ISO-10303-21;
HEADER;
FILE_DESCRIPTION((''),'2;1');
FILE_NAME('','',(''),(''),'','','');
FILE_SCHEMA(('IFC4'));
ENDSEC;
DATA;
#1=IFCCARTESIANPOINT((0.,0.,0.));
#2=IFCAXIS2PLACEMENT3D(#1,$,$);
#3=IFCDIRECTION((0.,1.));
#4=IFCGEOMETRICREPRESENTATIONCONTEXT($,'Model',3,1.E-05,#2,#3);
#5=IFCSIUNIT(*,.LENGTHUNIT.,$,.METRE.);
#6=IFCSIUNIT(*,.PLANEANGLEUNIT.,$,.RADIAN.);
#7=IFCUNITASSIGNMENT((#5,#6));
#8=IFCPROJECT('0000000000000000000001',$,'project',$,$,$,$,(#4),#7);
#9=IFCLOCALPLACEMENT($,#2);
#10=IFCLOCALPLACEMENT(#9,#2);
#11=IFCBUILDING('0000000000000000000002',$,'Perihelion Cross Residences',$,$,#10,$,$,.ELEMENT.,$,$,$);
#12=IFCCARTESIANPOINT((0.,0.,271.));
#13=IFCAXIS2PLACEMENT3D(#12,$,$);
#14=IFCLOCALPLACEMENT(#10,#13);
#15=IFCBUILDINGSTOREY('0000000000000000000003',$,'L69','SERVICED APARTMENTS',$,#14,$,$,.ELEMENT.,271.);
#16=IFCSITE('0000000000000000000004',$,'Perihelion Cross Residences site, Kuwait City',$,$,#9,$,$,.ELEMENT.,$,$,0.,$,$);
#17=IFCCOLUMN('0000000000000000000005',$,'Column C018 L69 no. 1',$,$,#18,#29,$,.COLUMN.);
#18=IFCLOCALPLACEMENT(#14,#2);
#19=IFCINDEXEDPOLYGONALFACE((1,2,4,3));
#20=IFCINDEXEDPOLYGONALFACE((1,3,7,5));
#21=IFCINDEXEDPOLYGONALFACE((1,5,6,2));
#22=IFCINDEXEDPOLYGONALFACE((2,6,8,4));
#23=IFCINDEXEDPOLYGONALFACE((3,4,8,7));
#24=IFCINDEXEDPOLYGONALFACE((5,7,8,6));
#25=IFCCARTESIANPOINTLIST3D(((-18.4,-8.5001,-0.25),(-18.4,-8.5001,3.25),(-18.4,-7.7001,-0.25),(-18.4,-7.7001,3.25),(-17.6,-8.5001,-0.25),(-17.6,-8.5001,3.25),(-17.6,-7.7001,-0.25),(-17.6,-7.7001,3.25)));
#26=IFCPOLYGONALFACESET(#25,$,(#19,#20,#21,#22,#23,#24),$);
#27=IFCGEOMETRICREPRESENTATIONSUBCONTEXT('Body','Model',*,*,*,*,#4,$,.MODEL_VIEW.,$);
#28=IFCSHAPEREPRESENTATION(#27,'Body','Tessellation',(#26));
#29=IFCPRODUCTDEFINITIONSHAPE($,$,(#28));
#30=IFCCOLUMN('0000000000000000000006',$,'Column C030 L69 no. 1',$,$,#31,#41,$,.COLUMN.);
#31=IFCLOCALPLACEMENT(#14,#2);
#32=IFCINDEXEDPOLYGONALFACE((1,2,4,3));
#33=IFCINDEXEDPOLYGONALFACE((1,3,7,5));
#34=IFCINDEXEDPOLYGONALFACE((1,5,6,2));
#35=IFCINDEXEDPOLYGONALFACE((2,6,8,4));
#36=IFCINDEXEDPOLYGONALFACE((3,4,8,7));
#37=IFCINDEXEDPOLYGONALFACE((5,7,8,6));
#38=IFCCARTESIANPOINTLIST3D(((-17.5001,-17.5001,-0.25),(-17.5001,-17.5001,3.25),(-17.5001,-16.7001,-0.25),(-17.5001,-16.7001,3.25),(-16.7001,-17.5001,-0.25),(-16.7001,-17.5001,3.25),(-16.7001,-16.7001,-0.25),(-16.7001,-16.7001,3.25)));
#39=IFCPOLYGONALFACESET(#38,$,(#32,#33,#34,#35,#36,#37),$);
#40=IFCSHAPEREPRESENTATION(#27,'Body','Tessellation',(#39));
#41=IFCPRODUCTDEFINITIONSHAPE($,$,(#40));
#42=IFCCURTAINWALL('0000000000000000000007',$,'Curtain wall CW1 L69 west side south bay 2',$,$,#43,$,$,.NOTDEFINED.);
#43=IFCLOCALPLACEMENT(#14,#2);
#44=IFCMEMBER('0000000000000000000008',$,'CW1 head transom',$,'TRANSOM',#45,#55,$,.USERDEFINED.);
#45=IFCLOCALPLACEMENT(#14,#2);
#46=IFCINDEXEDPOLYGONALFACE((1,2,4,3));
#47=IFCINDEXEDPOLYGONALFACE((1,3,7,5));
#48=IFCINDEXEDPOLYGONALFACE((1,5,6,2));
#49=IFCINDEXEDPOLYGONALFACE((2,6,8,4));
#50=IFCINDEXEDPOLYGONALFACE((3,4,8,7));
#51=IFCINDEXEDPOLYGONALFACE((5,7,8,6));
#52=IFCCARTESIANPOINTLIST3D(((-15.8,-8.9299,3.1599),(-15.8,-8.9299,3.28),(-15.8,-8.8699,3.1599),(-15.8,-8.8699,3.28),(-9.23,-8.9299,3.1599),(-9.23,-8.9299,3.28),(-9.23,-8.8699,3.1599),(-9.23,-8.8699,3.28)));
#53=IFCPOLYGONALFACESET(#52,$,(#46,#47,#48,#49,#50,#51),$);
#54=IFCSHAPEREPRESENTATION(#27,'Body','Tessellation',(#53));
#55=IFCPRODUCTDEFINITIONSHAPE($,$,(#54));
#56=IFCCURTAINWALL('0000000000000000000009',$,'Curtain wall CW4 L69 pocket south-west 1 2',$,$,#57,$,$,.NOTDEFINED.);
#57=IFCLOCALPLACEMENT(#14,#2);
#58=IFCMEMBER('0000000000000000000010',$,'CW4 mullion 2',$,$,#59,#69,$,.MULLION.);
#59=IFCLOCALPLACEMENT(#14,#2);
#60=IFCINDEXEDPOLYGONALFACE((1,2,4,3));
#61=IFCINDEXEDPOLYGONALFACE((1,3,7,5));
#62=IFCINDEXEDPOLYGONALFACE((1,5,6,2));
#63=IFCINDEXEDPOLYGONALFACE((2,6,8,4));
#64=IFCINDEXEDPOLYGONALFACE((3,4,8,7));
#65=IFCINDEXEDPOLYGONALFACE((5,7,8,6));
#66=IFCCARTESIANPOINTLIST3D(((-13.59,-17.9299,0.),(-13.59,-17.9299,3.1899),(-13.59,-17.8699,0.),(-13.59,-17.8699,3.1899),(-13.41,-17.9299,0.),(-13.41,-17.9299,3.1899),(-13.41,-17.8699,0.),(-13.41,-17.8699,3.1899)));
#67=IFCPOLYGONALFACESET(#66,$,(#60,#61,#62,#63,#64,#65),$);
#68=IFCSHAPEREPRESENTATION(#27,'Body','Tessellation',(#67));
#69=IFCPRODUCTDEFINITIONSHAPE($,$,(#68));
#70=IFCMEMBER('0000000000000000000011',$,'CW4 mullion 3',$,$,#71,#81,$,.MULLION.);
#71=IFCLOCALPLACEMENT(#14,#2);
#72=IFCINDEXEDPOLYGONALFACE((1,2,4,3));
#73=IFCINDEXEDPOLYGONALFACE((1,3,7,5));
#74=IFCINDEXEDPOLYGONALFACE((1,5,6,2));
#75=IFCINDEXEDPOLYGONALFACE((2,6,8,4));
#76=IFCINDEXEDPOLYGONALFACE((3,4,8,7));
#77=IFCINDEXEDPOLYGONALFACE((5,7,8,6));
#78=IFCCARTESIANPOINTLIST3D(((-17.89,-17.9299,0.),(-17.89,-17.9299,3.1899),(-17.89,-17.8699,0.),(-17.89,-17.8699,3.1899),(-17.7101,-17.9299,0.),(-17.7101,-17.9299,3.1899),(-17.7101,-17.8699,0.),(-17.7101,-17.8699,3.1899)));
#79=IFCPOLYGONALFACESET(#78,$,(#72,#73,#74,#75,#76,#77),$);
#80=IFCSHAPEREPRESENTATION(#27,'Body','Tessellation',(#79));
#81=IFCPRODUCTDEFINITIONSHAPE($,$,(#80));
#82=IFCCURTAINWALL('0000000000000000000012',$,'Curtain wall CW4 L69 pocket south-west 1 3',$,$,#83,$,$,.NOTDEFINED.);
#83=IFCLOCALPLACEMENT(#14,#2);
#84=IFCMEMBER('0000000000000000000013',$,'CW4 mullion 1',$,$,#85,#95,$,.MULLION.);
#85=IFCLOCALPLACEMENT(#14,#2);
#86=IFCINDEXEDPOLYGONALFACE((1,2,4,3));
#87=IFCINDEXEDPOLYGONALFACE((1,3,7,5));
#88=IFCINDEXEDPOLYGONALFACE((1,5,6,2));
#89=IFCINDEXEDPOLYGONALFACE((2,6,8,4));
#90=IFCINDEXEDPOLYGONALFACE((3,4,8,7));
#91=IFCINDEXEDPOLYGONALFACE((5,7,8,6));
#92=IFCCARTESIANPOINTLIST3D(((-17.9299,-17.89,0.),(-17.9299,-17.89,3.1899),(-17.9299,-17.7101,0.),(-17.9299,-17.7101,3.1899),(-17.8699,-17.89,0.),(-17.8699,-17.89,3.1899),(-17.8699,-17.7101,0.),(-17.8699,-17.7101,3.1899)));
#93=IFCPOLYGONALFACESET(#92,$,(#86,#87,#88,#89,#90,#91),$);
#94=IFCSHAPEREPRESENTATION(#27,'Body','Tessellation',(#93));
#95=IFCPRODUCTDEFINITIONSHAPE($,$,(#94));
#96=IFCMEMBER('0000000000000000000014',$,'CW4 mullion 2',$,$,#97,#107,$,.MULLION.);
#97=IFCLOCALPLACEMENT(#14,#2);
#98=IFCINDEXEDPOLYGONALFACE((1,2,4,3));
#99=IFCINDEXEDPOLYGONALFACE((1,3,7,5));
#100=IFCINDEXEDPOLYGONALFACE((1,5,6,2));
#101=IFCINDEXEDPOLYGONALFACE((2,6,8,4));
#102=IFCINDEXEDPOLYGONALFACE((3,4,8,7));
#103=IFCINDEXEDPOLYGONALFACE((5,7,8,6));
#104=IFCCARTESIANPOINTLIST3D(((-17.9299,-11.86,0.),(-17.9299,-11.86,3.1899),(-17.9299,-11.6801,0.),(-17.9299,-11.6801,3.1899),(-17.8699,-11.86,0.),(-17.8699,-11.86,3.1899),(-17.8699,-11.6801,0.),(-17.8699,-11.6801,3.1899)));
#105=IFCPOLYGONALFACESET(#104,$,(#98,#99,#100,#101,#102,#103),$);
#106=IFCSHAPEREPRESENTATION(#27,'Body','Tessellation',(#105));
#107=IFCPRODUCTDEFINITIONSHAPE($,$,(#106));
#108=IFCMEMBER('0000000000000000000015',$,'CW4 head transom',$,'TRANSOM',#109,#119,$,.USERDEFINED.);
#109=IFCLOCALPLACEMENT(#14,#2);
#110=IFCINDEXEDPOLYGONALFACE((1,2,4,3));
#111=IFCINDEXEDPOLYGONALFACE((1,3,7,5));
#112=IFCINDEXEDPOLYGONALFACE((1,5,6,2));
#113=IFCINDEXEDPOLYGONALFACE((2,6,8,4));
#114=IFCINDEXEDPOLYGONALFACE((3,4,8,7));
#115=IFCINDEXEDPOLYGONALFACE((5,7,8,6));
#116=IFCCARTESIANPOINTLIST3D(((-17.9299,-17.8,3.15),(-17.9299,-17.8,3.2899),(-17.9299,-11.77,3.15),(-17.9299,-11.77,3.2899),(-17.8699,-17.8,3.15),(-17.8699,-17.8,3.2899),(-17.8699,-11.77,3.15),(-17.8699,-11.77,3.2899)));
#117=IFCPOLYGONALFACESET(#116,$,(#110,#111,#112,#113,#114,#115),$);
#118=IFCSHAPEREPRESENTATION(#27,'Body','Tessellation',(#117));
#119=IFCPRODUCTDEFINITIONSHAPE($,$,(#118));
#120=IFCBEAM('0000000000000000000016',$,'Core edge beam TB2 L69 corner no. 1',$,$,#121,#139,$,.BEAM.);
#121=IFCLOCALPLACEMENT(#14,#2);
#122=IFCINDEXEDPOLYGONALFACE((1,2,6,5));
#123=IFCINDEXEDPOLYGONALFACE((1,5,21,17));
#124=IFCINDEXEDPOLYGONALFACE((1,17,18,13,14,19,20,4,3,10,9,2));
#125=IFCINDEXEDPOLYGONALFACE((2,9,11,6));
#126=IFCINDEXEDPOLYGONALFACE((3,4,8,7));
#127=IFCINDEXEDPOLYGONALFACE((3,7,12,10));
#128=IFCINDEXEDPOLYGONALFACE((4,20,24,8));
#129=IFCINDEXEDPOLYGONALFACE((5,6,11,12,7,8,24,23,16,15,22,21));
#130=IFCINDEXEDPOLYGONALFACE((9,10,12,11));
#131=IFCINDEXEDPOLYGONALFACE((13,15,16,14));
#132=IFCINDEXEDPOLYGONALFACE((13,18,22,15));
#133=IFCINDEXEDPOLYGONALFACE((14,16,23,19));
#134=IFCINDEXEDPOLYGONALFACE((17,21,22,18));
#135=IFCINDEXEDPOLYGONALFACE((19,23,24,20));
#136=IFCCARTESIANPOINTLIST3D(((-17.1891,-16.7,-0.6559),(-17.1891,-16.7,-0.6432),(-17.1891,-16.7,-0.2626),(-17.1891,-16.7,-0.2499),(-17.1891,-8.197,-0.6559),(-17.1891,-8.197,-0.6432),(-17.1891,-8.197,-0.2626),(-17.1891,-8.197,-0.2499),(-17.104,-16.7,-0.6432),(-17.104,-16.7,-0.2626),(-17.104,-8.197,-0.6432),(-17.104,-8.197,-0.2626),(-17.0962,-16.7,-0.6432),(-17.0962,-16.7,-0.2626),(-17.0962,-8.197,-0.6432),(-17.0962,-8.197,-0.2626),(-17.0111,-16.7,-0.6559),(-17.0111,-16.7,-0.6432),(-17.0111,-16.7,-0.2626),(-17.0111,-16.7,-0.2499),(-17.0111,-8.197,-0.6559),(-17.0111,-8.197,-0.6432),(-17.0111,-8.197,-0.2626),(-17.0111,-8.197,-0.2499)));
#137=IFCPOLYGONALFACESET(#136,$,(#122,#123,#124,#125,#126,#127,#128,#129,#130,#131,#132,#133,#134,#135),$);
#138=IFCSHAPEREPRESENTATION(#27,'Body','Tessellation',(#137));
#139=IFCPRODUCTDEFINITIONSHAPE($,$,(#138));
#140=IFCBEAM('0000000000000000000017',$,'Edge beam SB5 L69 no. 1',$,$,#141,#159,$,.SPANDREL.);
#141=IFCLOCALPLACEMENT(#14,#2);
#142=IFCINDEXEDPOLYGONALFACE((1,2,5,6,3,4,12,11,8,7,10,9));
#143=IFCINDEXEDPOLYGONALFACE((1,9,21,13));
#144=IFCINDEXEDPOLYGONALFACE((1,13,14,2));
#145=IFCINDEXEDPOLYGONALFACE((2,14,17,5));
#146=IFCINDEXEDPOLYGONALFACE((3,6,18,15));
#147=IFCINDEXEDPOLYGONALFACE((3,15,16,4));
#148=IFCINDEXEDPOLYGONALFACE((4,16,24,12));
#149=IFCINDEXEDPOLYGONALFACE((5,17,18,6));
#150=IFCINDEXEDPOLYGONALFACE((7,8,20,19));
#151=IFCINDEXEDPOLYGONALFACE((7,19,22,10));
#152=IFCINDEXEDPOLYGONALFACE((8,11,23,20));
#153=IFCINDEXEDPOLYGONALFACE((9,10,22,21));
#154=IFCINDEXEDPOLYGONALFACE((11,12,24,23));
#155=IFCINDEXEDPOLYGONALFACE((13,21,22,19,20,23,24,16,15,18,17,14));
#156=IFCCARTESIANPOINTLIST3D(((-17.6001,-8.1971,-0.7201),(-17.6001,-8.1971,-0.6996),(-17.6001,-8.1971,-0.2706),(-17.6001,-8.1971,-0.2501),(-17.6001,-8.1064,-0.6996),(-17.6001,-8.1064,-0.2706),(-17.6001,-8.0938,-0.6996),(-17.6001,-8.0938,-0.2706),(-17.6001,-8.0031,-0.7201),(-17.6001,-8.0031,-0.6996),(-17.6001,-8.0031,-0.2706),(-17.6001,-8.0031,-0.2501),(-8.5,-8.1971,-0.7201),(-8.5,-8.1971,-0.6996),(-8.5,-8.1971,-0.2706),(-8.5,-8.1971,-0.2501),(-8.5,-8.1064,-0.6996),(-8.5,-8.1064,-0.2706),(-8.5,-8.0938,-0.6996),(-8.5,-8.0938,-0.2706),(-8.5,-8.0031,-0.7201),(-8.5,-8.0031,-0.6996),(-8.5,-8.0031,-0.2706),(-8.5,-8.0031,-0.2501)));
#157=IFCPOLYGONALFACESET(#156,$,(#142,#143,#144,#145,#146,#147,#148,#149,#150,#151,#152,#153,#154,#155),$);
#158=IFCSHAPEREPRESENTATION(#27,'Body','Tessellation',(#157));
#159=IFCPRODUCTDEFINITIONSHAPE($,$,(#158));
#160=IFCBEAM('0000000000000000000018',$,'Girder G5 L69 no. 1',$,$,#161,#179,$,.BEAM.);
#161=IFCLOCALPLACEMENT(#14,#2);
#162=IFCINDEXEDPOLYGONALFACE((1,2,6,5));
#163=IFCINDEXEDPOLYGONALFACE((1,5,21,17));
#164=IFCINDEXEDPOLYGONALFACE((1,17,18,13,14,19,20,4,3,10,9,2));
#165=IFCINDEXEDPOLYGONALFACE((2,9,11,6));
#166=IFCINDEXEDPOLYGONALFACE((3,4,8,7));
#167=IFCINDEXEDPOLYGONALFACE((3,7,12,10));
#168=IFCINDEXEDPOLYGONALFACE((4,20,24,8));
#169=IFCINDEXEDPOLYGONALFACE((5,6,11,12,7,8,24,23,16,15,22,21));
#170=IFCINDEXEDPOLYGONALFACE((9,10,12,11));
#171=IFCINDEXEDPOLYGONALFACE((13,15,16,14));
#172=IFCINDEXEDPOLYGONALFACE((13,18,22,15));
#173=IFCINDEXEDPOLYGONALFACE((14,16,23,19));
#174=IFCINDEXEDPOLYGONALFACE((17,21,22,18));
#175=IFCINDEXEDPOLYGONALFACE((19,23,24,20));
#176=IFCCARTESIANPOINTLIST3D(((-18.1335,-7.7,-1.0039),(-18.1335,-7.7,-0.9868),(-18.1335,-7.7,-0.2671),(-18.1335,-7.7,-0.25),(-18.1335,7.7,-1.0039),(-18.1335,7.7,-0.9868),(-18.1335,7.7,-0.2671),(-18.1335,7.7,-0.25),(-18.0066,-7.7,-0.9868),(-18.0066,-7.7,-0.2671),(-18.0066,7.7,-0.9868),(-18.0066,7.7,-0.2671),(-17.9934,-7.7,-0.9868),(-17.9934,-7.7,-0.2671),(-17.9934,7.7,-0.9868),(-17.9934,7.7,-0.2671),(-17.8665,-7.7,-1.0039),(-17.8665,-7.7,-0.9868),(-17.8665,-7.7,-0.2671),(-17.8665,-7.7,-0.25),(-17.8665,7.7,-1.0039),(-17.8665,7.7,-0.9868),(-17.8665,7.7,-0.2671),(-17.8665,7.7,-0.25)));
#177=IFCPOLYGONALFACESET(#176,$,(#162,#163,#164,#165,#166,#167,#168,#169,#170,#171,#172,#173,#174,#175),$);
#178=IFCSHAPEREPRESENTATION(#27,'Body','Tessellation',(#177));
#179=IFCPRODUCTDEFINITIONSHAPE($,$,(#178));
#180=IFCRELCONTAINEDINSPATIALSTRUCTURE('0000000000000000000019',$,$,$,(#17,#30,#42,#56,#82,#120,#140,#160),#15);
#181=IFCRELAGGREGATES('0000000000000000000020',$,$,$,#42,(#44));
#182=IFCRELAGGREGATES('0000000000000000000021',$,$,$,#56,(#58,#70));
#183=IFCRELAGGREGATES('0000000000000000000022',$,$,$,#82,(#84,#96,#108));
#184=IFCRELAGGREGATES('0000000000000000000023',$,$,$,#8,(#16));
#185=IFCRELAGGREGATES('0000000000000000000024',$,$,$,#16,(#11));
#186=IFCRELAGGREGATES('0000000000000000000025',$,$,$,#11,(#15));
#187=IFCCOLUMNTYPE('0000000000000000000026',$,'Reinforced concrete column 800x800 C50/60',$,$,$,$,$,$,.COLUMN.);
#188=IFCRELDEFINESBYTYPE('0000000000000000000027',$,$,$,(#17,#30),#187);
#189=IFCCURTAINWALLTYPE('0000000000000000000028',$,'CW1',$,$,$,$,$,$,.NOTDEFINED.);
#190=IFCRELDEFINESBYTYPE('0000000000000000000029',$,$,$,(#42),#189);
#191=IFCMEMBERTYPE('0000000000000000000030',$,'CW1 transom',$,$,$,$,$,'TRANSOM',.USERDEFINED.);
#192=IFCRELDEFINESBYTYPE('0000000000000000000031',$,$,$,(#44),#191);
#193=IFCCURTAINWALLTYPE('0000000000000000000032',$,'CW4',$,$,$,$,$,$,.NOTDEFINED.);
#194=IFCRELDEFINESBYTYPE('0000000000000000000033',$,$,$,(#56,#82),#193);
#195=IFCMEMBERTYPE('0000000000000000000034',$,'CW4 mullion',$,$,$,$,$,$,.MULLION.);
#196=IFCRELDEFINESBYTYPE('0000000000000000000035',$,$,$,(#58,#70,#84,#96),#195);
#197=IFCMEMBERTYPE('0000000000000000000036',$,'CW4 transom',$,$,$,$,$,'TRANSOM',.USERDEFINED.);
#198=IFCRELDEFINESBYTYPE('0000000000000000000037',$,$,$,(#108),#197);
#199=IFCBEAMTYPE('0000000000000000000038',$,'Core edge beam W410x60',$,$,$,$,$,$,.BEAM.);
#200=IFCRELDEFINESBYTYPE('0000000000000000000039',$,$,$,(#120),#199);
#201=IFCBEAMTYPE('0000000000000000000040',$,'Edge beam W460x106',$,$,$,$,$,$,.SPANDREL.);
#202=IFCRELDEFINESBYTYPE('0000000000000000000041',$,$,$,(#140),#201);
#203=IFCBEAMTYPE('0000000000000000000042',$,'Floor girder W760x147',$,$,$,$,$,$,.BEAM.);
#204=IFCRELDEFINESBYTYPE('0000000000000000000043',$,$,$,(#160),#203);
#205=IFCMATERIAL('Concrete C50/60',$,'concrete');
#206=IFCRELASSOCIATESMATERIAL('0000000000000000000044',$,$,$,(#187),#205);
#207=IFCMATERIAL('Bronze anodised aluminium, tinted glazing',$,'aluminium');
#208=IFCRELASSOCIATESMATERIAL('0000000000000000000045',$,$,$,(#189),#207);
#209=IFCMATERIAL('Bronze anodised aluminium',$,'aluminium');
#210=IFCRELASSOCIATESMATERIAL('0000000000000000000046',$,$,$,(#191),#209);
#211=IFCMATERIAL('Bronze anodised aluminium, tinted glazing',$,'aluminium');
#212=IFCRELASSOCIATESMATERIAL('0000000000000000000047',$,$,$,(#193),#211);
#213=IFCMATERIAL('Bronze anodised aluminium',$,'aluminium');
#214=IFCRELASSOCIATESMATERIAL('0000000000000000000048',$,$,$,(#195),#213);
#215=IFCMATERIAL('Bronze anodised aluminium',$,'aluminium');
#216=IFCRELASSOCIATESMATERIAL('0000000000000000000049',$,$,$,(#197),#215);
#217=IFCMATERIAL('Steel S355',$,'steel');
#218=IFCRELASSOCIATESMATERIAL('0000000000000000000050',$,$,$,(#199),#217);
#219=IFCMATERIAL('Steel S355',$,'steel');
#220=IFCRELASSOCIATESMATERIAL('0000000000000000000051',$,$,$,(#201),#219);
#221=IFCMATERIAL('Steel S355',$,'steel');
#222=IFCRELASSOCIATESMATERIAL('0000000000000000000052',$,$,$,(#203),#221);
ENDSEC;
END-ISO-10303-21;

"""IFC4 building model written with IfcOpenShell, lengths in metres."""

from ifc_helpers import new_model, si_unit, direction, frame, origin, origin_2d, place, context, subcontext, project, spatial, rectangle, i_section, extrude, material, material_profile, profile_set, type_object, element, aggregate, save


model = new_model("IFC4")

# Units and contexts
model_context = context("Model", 3, precision=1e-05, world=origin(), true_north=direction((0.0, 1.0)))
body_context = subcontext(model_context, "Body", "Model", "MODEL_VIEW")
ifc_project = project(units=[si_unit("LENGTHUNIT", "METRE"), si_unit("PLANEANGLEUNIT", "RADIAN")], contexts=[model_context])

# Site, building, storey
site_placement = place(None, origin())
site = spatial("IfcSite", under=ifc_project, at=site_placement, Name="Perihelion Cross Residences site, Kuwait City", CompositionType="ELEMENT", RefElevation=0.0)
building_placement = place(site_placement, origin())
building = spatial("IfcBuilding", under=site, at=building_placement, Name="Perihelion Cross Residences", CompositionType="ELEMENT")
storey_placement = place(building_placement, frame((0.0, 0.0, 271.0)))
storey = spatial("IfcBuildingStorey", under=building, at=storey_placement, Name="L69", Description="SERVICED APARTMENTS", CompositionType="ELEMENT", Elevation=271.0)

# Columns
ifc_material_1 = material(Name="Concrete C50/60", Category="concrete")
ifc_material_profile_1 = material_profile(ifc_material_1, rectangle(XDim=0.8, YDim=0.8, at=origin_2d()), Name="RC 800x800")
ifc_profile_set_1 = profile_set([ifc_material_profile_1], Name="Concrete C50/60")
column_type = type_object("IfcColumnType", Name="Reinforced concrete column 800x800 C50/60", PredefinedType="COLUMN", material=ifc_profile_set_1)
for number, where, z_axis, x_axis, name in (
    (1, (-18.0, -8.1001, -0.25), (0.0, 0.0, 1.0), (1.0, 0.0, 0.0), "Column C018 L69 no. 1"),
    (2, (-17.1001, -17.1001, -0.25), (0.0, 0.0, 1.0), (1.0, 0.0, 0.0), "Column C030 L69 no. 1"),
):
    element("IfcColumn", number, at=place(storey_placement, frame(where, z_axis=z_axis, x_axis=x_axis)), inside=storey, type_object=column_type, Name=name, PredefinedType="COLUMN", context=body_context, shape_type="SweptSolid", body=[
        extrude(rectangle(XDim=0.8, YDim=0.8, at=origin_2d()), origin(), (0.0, 0.0, 1.0), 3.5),
    ])

# Curtain wall, member
ifc_material_2 = material(Name="Bronze anodised aluminium, tinted glazing", Category="aluminium")
curtain_wall_type_1 = type_object("IfcCurtainWallType", Name="CW1", PredefinedType="NOTDEFINED", material=ifc_material_2)
curtain_wall_1_placement = place(storey_placement, origin())
curtain_wall_1 = element("IfcCurtainWall", 3, at=curtain_wall_1_placement, inside=storey, type_object=curtain_wall_type_1, Name="Curtain wall CW1 L69 west side south bay 2", PredefinedType="NOTDEFINED")
ifc_material_3 = material(Name="Bronze anodised aluminium", Category="aluminium")
ifc_material_profile_2 = material_profile(ifc_material_3, rectangle(XDim=0.0601, YDim=0.1201, at=origin_2d()), Name="CW1 transom")
ifc_profile_set_2 = profile_set([ifc_material_profile_2], Name="Bronze anodised aluminium")
member_type_1 = type_object("IfcMemberType", Name="CW1 transom", ElementType="TRANSOM", PredefinedType="USERDEFINED", material=ifc_profile_set_2)
member_1_placement = place(storey_placement, frame((-15.8, -8.8999, 3.22), z_axis=(1.0, 0.0, 0.0), x_axis=(0.0, 1.0, 0.0)))
member_1 = element("IfcMember", 4, at=member_1_placement, type_object=member_type_1, Name="CW1 head transom", ObjectType="TRANSOM", PredefinedType="USERDEFINED", context=body_context, shape_type="SweptSolid", body=[
    extrude(rectangle(XDim=0.0601, YDim=0.1201, at=origin_2d()), origin(), (0.0, 0.0, 1.0), 6.5701),
])

# Curtain walls, members
ifc_material_4 = material(Name="Bronze anodised aluminium, tinted glazing", Category="aluminium")
curtain_wall_type_2 = type_object("IfcCurtainWallType", Name="CW4", PredefinedType="NOTDEFINED", material=ifc_material_4)
curtain_wall_2_placement = place(storey_placement, origin())
curtain_wall_2 = element("IfcCurtainWall", 5, at=curtain_wall_2_placement, inside=storey, type_object=curtain_wall_type_2, Name="Curtain wall CW4 L69 pocket south-west 1 2", PredefinedType="NOTDEFINED")
ifc_material_5 = material(Name="Bronze anodised aluminium", Category="aluminium")
ifc_material_profile_3 = material_profile(ifc_material_5, rectangle(XDim=0.0601, YDim=0.1799, at=origin_2d()), Name="CW4 mullion")
ifc_profile_set_3 = profile_set([ifc_material_profile_3], Name="Bronze anodised aluminium")
member_type_2 = type_object("IfcMemberType", Name="CW4 mullion", PredefinedType="MULLION", material=ifc_profile_set_3)
member_2_placement = place(storey_placement, frame((-13.5, -17.8999, 0.0), z_axis=(0.0, 0.0, 1.0), x_axis=(0.0, -1.0, 0.0)))
member_2 = element("IfcMember", 6, at=member_2_placement, type_object=member_type_2, Name="CW4 mullion 2", PredefinedType="MULLION", context=body_context, shape_type="SweptSolid", body=[
    extrude(rectangle(XDim=0.0601, YDim=0.1799, at=origin_2d()), origin(), (0.0, 0.0, 1.0), 3.1899),
])
member_3_placement = place(storey_placement, frame((-17.8, -17.8999, 0.0), z_axis=(0.0, 0.0, 1.0), x_axis=(0.0, -1.0, 0.0)))
member_3 = element("IfcMember", 7, at=member_3_placement, type_object=member_type_2, Name="CW4 mullion 3", PredefinedType="MULLION", context=body_context, shape_type="SweptSolid", body=[
    extrude(rectangle(XDim=0.0601, YDim=0.1799, at=origin_2d()), origin(), (0.0, 0.0, 1.0), 3.1899),
])
curtain_wall_3_placement = place(storey_placement, origin())
curtain_wall_3 = element("IfcCurtainWall", 8, at=curtain_wall_3_placement, inside=storey, type_object=curtain_wall_type_2, Name="Curtain wall CW4 L69 pocket south-west 1 3", PredefinedType="NOTDEFINED")
member_4_placement = place(storey_placement, frame((-17.8999, -17.8, 0.0), z_axis=(0.0, 0.0, 1.0), x_axis=(-1.0, 0.0, 0.0)))
member_4 = element("IfcMember", 9, at=member_4_placement, type_object=member_type_2, Name="CW4 mullion 1", PredefinedType="MULLION", context=body_context, shape_type="SweptSolid", body=[
    extrude(rectangle(XDim=0.0601, YDim=0.1799, at=origin_2d()), origin(), (0.0, 0.0, 1.0), 3.1899),
])
member_5_placement = place(storey_placement, frame((-17.8999, -11.77, 0.0), z_axis=(0.0, 0.0, 1.0), x_axis=(-1.0, 0.0, 0.0)))
member_5 = element("IfcMember", 10, at=member_5_placement, type_object=member_type_2, Name="CW4 mullion 2", PredefinedType="MULLION", context=body_context, shape_type="SweptSolid", body=[
    extrude(rectangle(XDim=0.0601, YDim=0.1799, at=origin_2d()), origin(), (0.0, 0.0, 1.0), 3.1899),
])
ifc_material_6 = material(Name="Bronze anodised aluminium", Category="aluminium")
ifc_material_profile_4 = material_profile(ifc_material_6, rectangle(XDim=0.0601, YDim=0.1399, at=origin_2d()), Name="CW4 transom")
ifc_profile_set_4 = profile_set([ifc_material_profile_4], Name="Bronze anodised aluminium")
member_type_3 = type_object("IfcMemberType", Name="CW4 transom", ElementType="TRANSOM", PredefinedType="USERDEFINED", material=ifc_profile_set_4)
member_6_placement = place(storey_placement, frame((-17.8999, -17.8, 3.22), z_axis=(0.0, 1.0, 0.0), x_axis=(-1.0, 0.0, 0.0)))
member_6 = element("IfcMember", 11, at=member_6_placement, type_object=member_type_3, Name="CW4 head transom", ObjectType="TRANSOM", PredefinedType="USERDEFINED", context=body_context, shape_type="SweptSolid", body=[
    extrude(rectangle(XDim=0.0601, YDim=0.1399, at=origin_2d()), origin(), (0.0, 0.0, 1.0), 6.03),
])

# Beams
ifc_material_7 = material(Name="Steel S355", Category="steel")
ifc_material_profile_5 = material_profile(ifc_material_7, i_section(OverallWidth=0.178, OverallDepth=0.406, WebThickness=0.0078, FlangeThickness=0.0127, at=origin_2d()), Name="W410x60")
ifc_profile_set_5 = profile_set([ifc_material_profile_5], Name="Steel S355")
beam_type_1 = type_object("IfcBeamType", Name="Core edge beam W410x60", PredefinedType="BEAM", material=ifc_profile_set_5)
beam_1_placement = place(storey_placement, frame((-17.1001, -8.197, -0.4529), z_axis=(0.0, -1.0, 0.0), x_axis=(1.0, 0.0, 0.0)))
element("IfcBeam", 12, at=beam_1_placement, inside=storey, type_object=beam_type_1, Name="Core edge beam TB2 L69 corner no. 1", PredefinedType="BEAM", context=body_context, shape_type="SweptSolid", body=[
    extrude(i_section(OverallWidth=0.178, OverallDepth=0.406, WebThickness=0.0078, FlangeThickness=0.0127, at=origin_2d()), origin(), (0.0, 0.0, 1.0), 8.5029),
])
ifc_material_8 = material(Name="Steel S355", Category="steel")
ifc_material_profile_6 = material_profile(ifc_material_8, i_section(OverallWidth=0.1941, OverallDepth=0.47, WebThickness=0.0127, FlangeThickness=0.0205, at=origin_2d()), Name="W460x106")
ifc_profile_set_6 = profile_set([ifc_material_profile_6], Name="Steel S355")
beam_type_2 = type_object("IfcBeamType", Name="Edge beam W460x106", PredefinedType="SPANDREL", material=ifc_profile_set_6)
beam_2_placement = place(storey_placement, frame((-17.6001, -8.1001, -0.4851), z_axis=(1.0, 0.0, 0.0), x_axis=(0.0, 1.0, 0.0)))
element("IfcBeam", 13, at=beam_2_placement, inside=storey, type_object=beam_type_2, Name="Edge beam SB5 L69 no. 1", PredefinedType="SPANDREL", context=body_context, shape_type="SweptSolid", body=[
    extrude(i_section(OverallWidth=0.1941, OverallDepth=0.47, WebThickness=0.0127, FlangeThickness=0.0205, at=origin_2d()), origin(), (0.0, 0.0, 1.0), 9.1001),
])
ifc_material_9 = material(Name="Steel S355", Category="steel")
ifc_material_profile_7 = material_profile(ifc_material_9, i_section(OverallWidth=0.2671, OverallDepth=0.7539, WebThickness=0.0132, FlangeThickness=0.0171, at=origin_2d()), Name="W760x147")
ifc_profile_set_7 = profile_set([ifc_material_profile_7], Name="Steel S355")
beam_type_3 = type_object("IfcBeamType", Name="Floor girder W760x147", PredefinedType="BEAM", material=ifc_profile_set_7)
beam_3_placement = place(storey_placement, frame((-18.0, -7.7, -0.627), z_axis=(0.0, 1.0, 0.0), x_axis=(-1.0, 0.0, 0.0)))
element("IfcBeam", 14, at=beam_3_placement, inside=storey, type_object=beam_type_3, Name="Girder G5 L69 no. 1", PredefinedType="BEAM", context=body_context, shape_type="SweptSolid", body=[
    extrude(i_section(OverallWidth=0.2671, OverallDepth=0.7539, WebThickness=0.0132, FlangeThickness=0.0171, at=origin_2d()), origin(), (0.0, 0.0, 1.0), 15.3999),
])

aggregate(curtain_wall_1, [member_1])
aggregate(curtain_wall_2, [member_2, member_3])
aggregate(curtain_wall_3, [member_4, member_5, member_6])

save(model, "model.ifc")
